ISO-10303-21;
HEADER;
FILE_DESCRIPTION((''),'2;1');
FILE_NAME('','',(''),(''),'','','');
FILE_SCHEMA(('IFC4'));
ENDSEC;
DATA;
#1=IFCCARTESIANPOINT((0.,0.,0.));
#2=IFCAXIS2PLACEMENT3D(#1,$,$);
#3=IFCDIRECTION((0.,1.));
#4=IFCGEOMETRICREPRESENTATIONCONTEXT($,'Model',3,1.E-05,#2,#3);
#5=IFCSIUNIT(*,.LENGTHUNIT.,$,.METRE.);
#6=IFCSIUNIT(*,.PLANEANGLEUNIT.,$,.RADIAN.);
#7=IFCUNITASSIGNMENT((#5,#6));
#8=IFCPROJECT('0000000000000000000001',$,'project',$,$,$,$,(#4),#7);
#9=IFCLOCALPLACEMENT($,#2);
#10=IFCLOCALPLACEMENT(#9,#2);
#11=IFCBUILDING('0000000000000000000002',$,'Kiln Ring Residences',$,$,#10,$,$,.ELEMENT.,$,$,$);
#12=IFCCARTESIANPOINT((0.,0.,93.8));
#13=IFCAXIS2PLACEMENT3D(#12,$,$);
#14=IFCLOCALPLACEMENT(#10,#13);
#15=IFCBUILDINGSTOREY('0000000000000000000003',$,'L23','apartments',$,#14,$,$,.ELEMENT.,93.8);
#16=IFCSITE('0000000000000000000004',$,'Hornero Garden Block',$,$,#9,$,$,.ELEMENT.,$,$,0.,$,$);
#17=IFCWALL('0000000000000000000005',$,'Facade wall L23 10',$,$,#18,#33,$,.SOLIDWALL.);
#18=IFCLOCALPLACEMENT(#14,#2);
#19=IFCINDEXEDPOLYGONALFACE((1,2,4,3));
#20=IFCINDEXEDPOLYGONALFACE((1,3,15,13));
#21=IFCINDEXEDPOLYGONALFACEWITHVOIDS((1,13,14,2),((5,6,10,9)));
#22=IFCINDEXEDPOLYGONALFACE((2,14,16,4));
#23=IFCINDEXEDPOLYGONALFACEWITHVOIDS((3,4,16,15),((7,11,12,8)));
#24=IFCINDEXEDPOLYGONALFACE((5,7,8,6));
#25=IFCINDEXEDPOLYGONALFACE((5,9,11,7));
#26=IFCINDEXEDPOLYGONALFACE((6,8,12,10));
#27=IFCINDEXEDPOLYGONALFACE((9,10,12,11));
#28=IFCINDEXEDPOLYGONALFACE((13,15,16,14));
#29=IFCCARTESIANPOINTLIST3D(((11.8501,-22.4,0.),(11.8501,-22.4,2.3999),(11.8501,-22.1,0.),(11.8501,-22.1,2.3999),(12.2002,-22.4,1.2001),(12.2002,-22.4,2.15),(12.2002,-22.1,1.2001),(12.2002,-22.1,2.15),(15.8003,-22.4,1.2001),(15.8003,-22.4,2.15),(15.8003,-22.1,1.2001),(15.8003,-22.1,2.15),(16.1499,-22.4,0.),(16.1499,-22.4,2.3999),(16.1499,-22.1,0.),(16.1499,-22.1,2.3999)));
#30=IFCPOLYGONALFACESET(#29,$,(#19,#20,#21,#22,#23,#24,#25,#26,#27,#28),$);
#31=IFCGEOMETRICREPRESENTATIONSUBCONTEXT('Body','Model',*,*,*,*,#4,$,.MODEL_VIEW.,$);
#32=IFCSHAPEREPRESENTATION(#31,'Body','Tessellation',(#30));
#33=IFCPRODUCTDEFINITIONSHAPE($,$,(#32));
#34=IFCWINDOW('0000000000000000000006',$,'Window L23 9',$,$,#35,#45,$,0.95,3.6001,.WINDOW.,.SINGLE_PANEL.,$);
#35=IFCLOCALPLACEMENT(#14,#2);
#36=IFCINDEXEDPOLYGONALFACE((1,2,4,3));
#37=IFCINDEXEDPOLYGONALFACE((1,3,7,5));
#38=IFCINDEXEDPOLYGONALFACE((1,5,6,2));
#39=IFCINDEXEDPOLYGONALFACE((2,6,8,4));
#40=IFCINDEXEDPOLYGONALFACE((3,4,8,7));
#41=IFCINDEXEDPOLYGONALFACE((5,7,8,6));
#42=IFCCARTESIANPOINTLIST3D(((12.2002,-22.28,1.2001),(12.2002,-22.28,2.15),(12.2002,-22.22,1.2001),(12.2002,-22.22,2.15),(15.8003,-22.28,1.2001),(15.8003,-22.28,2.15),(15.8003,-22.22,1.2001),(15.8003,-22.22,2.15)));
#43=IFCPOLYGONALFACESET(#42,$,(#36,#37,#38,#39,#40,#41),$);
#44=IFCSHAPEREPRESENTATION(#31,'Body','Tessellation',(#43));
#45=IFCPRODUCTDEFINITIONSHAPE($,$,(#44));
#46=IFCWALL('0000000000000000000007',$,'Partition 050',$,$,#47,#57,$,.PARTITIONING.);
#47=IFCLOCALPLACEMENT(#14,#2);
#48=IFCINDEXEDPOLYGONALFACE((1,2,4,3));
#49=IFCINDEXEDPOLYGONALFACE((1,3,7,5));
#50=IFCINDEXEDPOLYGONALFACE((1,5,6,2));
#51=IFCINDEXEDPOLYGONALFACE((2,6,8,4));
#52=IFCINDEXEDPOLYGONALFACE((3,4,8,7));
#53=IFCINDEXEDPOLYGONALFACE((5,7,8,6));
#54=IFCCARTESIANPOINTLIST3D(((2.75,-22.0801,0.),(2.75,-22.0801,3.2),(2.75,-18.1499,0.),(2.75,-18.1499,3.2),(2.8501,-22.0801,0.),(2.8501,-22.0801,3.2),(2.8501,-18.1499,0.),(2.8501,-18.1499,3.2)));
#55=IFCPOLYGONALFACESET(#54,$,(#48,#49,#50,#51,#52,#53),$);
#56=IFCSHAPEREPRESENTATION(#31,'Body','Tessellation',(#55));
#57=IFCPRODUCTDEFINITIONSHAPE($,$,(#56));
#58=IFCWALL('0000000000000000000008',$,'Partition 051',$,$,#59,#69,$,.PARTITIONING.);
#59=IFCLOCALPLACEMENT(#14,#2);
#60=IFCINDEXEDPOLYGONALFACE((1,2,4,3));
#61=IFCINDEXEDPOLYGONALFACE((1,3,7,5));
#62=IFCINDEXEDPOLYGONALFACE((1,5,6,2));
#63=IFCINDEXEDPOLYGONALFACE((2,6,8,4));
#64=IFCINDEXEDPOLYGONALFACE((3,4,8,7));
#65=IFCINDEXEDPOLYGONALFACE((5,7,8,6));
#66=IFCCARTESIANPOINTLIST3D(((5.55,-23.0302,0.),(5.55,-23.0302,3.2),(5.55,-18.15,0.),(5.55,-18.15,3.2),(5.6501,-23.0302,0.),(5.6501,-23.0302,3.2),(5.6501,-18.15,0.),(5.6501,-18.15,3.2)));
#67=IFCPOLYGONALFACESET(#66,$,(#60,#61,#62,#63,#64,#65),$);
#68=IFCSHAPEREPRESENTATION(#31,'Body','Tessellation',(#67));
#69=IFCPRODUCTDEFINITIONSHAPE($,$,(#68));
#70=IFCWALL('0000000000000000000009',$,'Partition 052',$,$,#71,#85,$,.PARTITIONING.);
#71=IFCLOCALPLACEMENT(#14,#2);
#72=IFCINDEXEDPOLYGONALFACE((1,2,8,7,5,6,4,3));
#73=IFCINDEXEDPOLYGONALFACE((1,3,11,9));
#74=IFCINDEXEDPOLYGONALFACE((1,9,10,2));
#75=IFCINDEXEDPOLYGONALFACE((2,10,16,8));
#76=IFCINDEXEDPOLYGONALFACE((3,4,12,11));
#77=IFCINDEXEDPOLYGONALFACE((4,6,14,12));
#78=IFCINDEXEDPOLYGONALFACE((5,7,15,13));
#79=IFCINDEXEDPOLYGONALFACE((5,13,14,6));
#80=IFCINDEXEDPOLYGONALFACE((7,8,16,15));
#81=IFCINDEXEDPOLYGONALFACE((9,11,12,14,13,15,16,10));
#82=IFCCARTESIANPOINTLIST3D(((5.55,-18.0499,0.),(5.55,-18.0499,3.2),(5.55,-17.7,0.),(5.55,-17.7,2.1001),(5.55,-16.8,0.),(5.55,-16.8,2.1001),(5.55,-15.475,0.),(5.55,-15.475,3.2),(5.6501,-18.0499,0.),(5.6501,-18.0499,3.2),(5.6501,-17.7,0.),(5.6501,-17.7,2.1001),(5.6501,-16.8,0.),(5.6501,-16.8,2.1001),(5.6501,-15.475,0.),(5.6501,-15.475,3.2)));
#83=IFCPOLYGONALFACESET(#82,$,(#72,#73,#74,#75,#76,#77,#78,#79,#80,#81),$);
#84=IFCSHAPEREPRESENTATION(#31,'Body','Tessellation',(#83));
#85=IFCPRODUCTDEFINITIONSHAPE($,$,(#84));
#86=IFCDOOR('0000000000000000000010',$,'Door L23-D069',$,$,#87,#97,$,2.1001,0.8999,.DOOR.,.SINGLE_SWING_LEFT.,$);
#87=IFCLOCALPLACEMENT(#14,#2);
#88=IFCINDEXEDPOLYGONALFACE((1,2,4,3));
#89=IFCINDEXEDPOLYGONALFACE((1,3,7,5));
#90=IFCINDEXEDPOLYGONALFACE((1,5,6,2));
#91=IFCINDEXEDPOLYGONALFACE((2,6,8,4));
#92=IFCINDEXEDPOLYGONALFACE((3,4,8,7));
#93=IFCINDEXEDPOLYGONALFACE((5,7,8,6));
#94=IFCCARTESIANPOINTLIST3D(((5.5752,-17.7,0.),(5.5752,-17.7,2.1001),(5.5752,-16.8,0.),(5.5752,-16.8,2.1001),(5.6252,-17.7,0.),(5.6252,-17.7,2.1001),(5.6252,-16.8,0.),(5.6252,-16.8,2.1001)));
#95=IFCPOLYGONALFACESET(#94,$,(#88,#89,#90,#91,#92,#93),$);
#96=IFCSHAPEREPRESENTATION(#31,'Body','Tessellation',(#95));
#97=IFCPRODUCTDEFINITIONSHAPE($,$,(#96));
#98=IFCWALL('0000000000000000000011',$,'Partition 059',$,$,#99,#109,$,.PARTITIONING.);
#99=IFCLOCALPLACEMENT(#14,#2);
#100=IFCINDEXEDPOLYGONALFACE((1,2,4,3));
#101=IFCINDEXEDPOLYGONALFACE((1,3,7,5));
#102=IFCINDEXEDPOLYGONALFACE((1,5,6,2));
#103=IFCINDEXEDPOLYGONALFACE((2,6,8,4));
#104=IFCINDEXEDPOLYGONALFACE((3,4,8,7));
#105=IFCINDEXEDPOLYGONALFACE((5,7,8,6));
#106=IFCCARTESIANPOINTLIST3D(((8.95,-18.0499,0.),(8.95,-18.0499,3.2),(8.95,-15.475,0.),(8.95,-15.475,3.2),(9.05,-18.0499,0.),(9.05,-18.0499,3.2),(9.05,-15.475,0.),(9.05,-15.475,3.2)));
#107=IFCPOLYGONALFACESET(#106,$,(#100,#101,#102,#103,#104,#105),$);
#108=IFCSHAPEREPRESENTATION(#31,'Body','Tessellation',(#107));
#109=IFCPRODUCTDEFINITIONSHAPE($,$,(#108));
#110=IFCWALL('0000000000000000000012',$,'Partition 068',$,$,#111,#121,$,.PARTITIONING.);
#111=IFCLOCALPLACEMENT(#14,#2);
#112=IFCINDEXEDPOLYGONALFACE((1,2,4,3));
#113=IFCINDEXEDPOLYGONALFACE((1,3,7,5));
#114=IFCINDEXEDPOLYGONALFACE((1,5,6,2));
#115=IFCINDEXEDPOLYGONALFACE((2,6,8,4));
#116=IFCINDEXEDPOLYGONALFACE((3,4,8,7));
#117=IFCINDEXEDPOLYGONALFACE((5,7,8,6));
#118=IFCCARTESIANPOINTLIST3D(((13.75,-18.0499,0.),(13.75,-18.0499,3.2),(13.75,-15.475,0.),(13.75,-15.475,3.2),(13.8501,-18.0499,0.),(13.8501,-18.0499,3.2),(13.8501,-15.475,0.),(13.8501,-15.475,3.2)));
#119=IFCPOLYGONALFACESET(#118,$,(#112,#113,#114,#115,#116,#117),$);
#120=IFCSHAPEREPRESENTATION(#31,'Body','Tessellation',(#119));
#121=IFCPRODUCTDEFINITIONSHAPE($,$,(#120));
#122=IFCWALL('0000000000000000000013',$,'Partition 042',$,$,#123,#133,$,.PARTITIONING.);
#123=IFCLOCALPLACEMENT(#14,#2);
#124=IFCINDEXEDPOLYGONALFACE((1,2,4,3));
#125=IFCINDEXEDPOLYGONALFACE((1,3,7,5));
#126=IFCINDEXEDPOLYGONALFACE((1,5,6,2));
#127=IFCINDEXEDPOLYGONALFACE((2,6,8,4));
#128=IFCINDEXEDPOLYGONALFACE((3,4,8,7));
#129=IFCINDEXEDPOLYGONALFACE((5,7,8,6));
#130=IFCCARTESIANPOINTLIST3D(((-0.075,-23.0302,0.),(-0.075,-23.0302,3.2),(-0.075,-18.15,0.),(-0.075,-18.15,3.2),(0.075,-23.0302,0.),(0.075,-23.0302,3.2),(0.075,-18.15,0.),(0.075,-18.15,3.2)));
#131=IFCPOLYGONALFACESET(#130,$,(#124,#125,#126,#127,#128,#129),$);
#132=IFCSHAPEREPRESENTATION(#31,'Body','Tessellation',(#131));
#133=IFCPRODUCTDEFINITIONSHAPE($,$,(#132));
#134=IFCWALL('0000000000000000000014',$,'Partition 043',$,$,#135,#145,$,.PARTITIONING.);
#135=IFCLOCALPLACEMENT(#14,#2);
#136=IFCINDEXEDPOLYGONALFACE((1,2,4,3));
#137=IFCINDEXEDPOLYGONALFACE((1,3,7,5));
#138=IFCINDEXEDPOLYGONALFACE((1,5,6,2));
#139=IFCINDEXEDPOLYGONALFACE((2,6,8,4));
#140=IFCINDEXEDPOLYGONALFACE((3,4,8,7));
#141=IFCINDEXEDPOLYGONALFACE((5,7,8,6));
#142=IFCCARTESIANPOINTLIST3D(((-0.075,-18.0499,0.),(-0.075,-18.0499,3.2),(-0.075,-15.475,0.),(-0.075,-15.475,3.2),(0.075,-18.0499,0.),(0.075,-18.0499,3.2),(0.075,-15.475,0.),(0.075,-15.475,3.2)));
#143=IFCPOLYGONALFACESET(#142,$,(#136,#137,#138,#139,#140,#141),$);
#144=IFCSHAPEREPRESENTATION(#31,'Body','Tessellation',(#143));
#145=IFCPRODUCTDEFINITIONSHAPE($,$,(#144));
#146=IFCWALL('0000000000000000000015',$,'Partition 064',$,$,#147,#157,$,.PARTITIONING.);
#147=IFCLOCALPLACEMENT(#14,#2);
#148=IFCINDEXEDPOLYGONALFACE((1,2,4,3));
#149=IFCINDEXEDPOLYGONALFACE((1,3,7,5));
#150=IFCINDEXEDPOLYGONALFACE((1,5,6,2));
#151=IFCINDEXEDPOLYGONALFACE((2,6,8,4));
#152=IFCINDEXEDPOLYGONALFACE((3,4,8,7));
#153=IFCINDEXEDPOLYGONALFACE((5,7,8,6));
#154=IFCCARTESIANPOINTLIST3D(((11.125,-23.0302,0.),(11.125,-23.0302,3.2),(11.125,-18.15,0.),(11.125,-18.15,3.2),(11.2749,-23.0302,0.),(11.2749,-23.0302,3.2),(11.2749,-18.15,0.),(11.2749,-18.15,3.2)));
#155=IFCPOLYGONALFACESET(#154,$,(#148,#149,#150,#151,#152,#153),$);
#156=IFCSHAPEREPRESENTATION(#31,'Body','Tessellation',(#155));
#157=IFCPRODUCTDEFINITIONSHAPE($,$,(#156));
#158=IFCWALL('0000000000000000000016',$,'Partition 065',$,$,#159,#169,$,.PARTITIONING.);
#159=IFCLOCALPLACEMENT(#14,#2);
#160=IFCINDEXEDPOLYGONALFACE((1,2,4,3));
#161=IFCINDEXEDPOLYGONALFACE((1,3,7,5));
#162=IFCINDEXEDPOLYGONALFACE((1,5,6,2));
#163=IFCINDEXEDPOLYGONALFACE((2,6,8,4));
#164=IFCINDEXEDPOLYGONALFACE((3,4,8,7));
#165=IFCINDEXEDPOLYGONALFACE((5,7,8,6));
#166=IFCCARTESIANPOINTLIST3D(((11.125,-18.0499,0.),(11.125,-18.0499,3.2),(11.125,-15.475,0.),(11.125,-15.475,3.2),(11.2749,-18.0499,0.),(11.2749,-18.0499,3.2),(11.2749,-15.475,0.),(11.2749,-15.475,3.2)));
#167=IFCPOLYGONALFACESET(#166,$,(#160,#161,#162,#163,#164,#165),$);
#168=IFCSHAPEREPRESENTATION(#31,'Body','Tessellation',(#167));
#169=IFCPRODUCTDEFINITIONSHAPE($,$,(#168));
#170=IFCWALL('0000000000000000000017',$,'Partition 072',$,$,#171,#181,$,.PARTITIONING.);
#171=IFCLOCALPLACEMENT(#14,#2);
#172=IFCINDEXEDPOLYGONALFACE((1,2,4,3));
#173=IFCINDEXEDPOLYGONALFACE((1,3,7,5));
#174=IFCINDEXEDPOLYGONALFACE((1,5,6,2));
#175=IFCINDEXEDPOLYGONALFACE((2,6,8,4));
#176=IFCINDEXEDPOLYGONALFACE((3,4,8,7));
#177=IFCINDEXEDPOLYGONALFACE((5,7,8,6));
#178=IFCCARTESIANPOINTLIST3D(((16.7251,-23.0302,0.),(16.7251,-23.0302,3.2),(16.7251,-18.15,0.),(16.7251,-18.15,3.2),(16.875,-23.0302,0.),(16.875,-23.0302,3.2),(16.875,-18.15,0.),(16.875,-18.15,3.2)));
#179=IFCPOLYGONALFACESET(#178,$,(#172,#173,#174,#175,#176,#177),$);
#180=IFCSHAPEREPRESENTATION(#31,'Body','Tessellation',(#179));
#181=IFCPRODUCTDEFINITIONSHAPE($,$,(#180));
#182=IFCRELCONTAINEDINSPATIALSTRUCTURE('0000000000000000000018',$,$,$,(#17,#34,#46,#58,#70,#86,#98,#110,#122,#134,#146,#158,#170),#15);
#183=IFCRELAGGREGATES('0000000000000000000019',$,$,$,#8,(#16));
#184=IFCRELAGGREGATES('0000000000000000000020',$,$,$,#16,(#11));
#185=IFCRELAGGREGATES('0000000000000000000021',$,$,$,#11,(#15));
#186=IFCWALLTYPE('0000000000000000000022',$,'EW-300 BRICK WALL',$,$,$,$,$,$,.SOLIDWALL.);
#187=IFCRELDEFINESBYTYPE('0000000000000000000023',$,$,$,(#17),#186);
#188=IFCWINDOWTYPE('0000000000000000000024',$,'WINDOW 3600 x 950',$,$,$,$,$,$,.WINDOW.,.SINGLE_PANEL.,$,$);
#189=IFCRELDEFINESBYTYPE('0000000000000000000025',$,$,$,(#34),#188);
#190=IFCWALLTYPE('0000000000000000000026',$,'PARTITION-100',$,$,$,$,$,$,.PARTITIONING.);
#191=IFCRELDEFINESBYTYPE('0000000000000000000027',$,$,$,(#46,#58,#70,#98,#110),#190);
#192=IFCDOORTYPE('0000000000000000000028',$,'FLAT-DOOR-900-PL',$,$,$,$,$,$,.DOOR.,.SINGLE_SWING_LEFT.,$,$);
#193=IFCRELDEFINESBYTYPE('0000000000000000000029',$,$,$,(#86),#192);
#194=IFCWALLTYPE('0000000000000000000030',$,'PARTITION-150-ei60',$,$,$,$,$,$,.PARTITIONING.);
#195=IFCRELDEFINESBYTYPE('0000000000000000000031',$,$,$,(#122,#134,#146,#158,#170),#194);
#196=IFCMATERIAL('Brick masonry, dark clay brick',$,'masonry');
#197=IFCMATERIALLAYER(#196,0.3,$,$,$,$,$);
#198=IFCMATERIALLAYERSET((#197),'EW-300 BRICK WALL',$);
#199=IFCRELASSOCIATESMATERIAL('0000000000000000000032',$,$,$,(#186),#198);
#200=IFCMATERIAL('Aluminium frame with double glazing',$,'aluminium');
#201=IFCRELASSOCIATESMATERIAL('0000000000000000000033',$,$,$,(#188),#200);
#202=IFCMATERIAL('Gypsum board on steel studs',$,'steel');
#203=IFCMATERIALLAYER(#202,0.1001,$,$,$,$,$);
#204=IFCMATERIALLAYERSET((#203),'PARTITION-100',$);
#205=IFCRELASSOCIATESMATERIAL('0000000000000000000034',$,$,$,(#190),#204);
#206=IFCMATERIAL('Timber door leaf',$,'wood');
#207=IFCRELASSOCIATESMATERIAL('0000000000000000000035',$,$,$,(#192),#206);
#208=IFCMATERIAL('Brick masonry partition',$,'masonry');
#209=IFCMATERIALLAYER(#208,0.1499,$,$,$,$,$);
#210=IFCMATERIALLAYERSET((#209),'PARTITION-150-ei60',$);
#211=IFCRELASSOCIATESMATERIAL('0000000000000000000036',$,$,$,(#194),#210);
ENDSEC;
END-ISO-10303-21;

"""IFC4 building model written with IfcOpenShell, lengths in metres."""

from ifc_helpers import new_model, si_unit, direction, frame, frame_2d, origin, place, context, subcontext, project, spatial, rectangle, extrude, material, layer, layer_set, type_object, element, fill, save


model = new_model("IFC4")

# Units and contexts
model_context = context("Model", 3, precision=1e-05, world=origin(), true_north=direction((0.0, 1.0)))
body_context = subcontext(model_context, "Body", "Model", "MODEL_VIEW")
ifc_project = project(units=[si_unit("LENGTHUNIT", "METRE"), si_unit("PLANEANGLEUNIT", "RADIAN")], contexts=[model_context])

# Site, building, storey
site_placement = place(None, origin())
site = spatial("IfcSite", under=ifc_project, at=site_placement, Name="Hornero Garden Block", CompositionType="ELEMENT", RefElevation=0.0)
building_placement = place(site_placement, origin())
building = spatial("IfcBuilding", under=site, at=building_placement, Name="Kiln Ring Residences", CompositionType="ELEMENT")
storey_placement = place(building_placement, frame((0.0, 0.0, 93.8)))
storey = spatial("IfcBuildingStorey", under=building, at=storey_placement, Name="L23", Description="apartments", CompositionType="ELEMENT", Elevation=93.8)

# Shared definitions
ifc_material_1 = material(Name="Brick masonry, dark clay brick", Category="masonry")
ifc_layer_1 = layer(ifc_material_1, 0.3)
ifc_layer_set_1 = layer_set([ifc_layer_1], Name="EW-300 BRICK WALL")
wall_type_1 = type_object("IfcWallType", Name="EW-300 BRICK WALL", PredefinedType="SOLIDWALL", material=ifc_layer_set_1)

# Wall, opening, window
ifc_material_2 = material(Name="Aluminium frame with double glazing", Category="aluminium")
window_type_1 = type_object("IfcWindowType", Name="WINDOW 3600 x 950", PartitioningType="SINGLE_PANEL", PredefinedType="WINDOW", material=ifc_material_2)
wall_1_placement = place(storey_placement, frame((11.8501, -22.25, 0.0), z_axis=(0.0, 0.0, 1.0), x_axis=(1.0, 0.0, 0.0)))
wall_1 = element("IfcWall", 1, at=wall_1_placement, inside=storey, type_object=wall_type_1, Name="Facade wall L23 10", PredefinedType="SOLIDWALL", context=body_context, shape_type="SweptSolid", body=[
    extrude(rectangle(XDim=4.2998, YDim=0.3, at=frame_2d((2.1499, 0.0))), origin(), (0.0, 0.0, 1.0), 2.3999),
])
opening_1_placement = place(wall_1_placement, frame((0.3501, 0.0, 1.2)))
opening_1 = element("IfcOpeningElement", 2, at=opening_1_placement, cuts=wall_1, PredefinedType="OPENING", context=body_context, shape_type="SweptSolid", body=[
    extrude(rectangle(XDim=3.6001, YDim=0.95, at=frame_2d((1.8, 0.4751))), frame((0.0, 0.1599, 0.0), z_axis=(0.0, -1.0, 0.0), x_axis=(1.0, 0.0, 0.0)), (0.0, 0.0, 1.0), 0.3201),
])
window_1_placement = place(opening_1_placement, origin())
window_1 = element("IfcWindow", 3, at=window_1_placement, inside=storey, type_object=window_type_1, Name="Window L23 9", OverallHeight=0.95, OverallWidth=3.6001, PartitioningType="SINGLE_PANEL", PredefinedType="WINDOW", context=body_context, shape_type="SweptSolid", body=[
    extrude(rectangle(XDim=3.6001, YDim=0.95, at=frame_2d((1.8, 0.4751))), frame((0.0, 0.03, 0.0), z_axis=(0.0, -1.0, 0.0), x_axis=(1.0, 0.0, 0.0)), (0.0, 0.0, 1.0), 0.0601),
])
fill(opening_1, window_1)

# Walls
ifc_material_3 = material(Name="Gypsum board on steel studs", Category="steel")
ifc_layer_2 = layer(ifc_material_3, 0.1001)
ifc_layer_set_2 = layer_set([ifc_layer_2], Name="PARTITION-100")
wall_type_2 = type_object("IfcWallType", Name="PARTITION-100", PredefinedType="PARTITIONING", material=ifc_layer_set_2)
wall_2_placement = place(storey_placement, frame((2.8, -22.0801, 0.0), z_axis=(0.0, 0.0, 1.0), x_axis=(0.0, 1.0, 0.0)))
element("IfcWall", 4, at=wall_2_placement, inside=storey, type_object=wall_type_2, Name="Partition 050", PredefinedType="PARTITIONING", context=body_context, shape_type="SweptSolid", body=[
    extrude(rectangle(XDim=3.9302, YDim=0.1001, at=frame_2d((1.9651, 0.0))), origin(), (0.0, 0.0, 1.0), 3.2),
])
wall_3_placement = place(storey_placement, frame((5.6001, -23.03, 0.0), z_axis=(0.0, 0.0, 1.0), x_axis=(0.0, 1.0, 0.0)))
element("IfcWall", 5, at=wall_3_placement, inside=storey, type_object=wall_type_2, Name="Partition 051", PredefinedType="PARTITIONING", context=body_context, shape_type="SweptSolid", body=[
    extrude(rectangle(XDim=4.8801, YDim=0.1001, at=frame_2d((2.4399, 0.0))), origin(), (0.0, 0.0, 1.0), 3.2),
])

# Wall, opening, door
wall_4_placement = place(storey_placement, frame((5.6001, -18.05, 0.0), z_axis=(0.0, 0.0, 1.0), x_axis=(0.0, 1.0, 0.0)))
wall_4 = element("IfcWall", 6, at=wall_4_placement, inside=storey, type_object=wall_type_2, Name="Partition 052", PredefinedType="PARTITIONING", context=body_context, shape_type="SweptSolid", body=[
    extrude(rectangle(XDim=2.575, YDim=0.1001, at=frame_2d((1.2876, 0.0))), origin(), (0.0, 0.0, 1.0), 3.2),
])
opening_2_placement = place(wall_4_placement, frame((0.3501, 0.0, 0.0)))
opening_2 = element("IfcOpeningElement", 7, at=opening_2_placement, cuts=wall_4, PredefinedType="OPENING", context=body_context, shape_type="SweptSolid", body=[
    extrude(rectangle(XDim=0.8999, YDim=2.1001, at=frame_2d((0.45, 1.05))), frame((0.0, 0.0601, 0.0), z_axis=(0.0, -1.0, 0.0), x_axis=(1.0, 0.0, 0.0)), (0.0, 0.0, 1.0), 0.1201),
])
ifc_material_4 = material(Name="Timber door leaf", Category="wood")
door_type = type_object("IfcDoorType", Name="FLAT-DOOR-900-PL", OperationType="SINGLE_SWING_LEFT", PredefinedType="DOOR", material=ifc_material_4)
door_placement = place(opening_2_placement, origin())
door = element("IfcDoor", 8, at=door_placement, inside=storey, type_object=door_type, Name="Door L23-D069", OperationType="SINGLE_SWING_LEFT", OverallHeight=2.1001, OverallWidth=0.8999, PredefinedType="DOOR", context=body_context, shape_type="SweptSolid", body=[
    extrude(rectangle(XDim=0.8999, YDim=2.1001, at=frame_2d((0.45, 1.05))), frame((0.0, 0.0249, 0.0), z_axis=(0.0, -1.0, 0.0), x_axis=(1.0, 0.0, 0.0)), (0.0, 0.0, 1.0), 0.05),
])
fill(opening_2, door)

# Walls
for number, where, z_axis, x_axis, name in (
    (9, (9.0, -18.05, 0.0), (0.0, 0.0, 1.0), (0.0, 1.0, 0.0), "Partition 059"),
    (10, (13.8, -18.05, 0.0), (0.0, 0.0, 1.0), (0.0, 1.0, 0.0), "Partition 068"),
):
    element("IfcWall", number, at=place(storey_placement, frame(where, z_axis=z_axis, x_axis=x_axis)), inside=storey, type_object=wall_type_2, Name=name, PredefinedType="PARTITIONING", context=body_context, shape_type="SweptSolid", body=[
        extrude(rectangle(XDim=2.575, YDim=0.1001, at=frame_2d((1.2876, 0.0))), origin(), (0.0, 0.0, 1.0), 3.2),
    ])
ifc_material_5 = material(Name="Brick masonry partition", Category="masonry")
ifc_layer_3 = layer(ifc_material_5, 0.1499)
ifc_layer_set_3 = layer_set([ifc_layer_3], Name="PARTITION-150-ei60")
wall_type_3 = type_object("IfcWallType", Name="PARTITION-150-ei60", PredefinedType="PARTITIONING", material=ifc_layer_set_3)
wall_5_placement = place(storey_placement, frame((0.0, -23.03, 0.0), z_axis=(0.0, 0.0, 1.0), x_axis=(0.0, 1.0, 0.0)))
element("IfcWall", 11, at=wall_5_placement, inside=storey, type_object=wall_type_3, Name="Partition 042", PredefinedType="PARTITIONING", context=body_context, shape_type="SweptSolid", body=[
    extrude(rectangle(XDim=4.8801, YDim=0.1499, at=frame_2d((2.4399, 0.0))), origin(), (0.0, 0.0, 1.0), 3.2),
])
wall_6_placement = place(storey_placement, frame((0.0, -18.05, 0.0), z_axis=(0.0, 0.0, 1.0), x_axis=(0.0, 1.0, 0.0)))
element("IfcWall", 12, at=wall_6_placement, inside=storey, type_object=wall_type_3, Name="Partition 043", PredefinedType="PARTITIONING", context=body_context, shape_type="SweptSolid", body=[
    extrude(rectangle(XDim=2.575, YDim=0.1499, at=frame_2d((1.2876, 0.0))), origin(), (0.0, 0.0, 1.0), 3.2),
])
wall_7_placement = place(storey_placement, frame((11.2, -23.03, 0.0), z_axis=(0.0, 0.0, 1.0), x_axis=(0.0, 1.0, 0.0)))
element("IfcWall", 13, at=wall_7_placement, inside=storey, type_object=wall_type_3, Name="Partition 064", PredefinedType="PARTITIONING", context=body_context, shape_type="SweptSolid", body=[
    extrude(rectangle(XDim=4.8801, YDim=0.1499, at=frame_2d((2.4399, 0.0))), origin(), (0.0, 0.0, 1.0), 3.2),
])
wall_8_placement = place(storey_placement, frame((11.2, -18.05, 0.0), z_axis=(0.0, 0.0, 1.0), x_axis=(0.0, 1.0, 0.0)))
element("IfcWall", 14, at=wall_8_placement, inside=storey, type_object=wall_type_3, Name="Partition 065", PredefinedType="PARTITIONING", context=body_context, shape_type="SweptSolid", body=[
    extrude(rectangle(XDim=2.575, YDim=0.1499, at=frame_2d((1.2876, 0.0))), origin(), (0.0, 0.0, 1.0), 3.2),
])
wall_9_placement = place(storey_placement, frame((16.8, -23.03, 0.0), z_axis=(0.0, 0.0, 1.0), x_axis=(0.0, 1.0, 0.0)))
element("IfcWall", 15, at=wall_9_placement, inside=storey, type_object=wall_type_3, Name="Partition 072", PredefinedType="PARTITIONING", context=body_context, shape_type="SweptSolid", body=[
    extrude(rectangle(XDim=4.8801, YDim=0.1499, at=frame_2d((2.4399, 0.0))), origin(), (0.0, 0.0, 1.0), 3.2),
])

save(model, "model.ifc")
